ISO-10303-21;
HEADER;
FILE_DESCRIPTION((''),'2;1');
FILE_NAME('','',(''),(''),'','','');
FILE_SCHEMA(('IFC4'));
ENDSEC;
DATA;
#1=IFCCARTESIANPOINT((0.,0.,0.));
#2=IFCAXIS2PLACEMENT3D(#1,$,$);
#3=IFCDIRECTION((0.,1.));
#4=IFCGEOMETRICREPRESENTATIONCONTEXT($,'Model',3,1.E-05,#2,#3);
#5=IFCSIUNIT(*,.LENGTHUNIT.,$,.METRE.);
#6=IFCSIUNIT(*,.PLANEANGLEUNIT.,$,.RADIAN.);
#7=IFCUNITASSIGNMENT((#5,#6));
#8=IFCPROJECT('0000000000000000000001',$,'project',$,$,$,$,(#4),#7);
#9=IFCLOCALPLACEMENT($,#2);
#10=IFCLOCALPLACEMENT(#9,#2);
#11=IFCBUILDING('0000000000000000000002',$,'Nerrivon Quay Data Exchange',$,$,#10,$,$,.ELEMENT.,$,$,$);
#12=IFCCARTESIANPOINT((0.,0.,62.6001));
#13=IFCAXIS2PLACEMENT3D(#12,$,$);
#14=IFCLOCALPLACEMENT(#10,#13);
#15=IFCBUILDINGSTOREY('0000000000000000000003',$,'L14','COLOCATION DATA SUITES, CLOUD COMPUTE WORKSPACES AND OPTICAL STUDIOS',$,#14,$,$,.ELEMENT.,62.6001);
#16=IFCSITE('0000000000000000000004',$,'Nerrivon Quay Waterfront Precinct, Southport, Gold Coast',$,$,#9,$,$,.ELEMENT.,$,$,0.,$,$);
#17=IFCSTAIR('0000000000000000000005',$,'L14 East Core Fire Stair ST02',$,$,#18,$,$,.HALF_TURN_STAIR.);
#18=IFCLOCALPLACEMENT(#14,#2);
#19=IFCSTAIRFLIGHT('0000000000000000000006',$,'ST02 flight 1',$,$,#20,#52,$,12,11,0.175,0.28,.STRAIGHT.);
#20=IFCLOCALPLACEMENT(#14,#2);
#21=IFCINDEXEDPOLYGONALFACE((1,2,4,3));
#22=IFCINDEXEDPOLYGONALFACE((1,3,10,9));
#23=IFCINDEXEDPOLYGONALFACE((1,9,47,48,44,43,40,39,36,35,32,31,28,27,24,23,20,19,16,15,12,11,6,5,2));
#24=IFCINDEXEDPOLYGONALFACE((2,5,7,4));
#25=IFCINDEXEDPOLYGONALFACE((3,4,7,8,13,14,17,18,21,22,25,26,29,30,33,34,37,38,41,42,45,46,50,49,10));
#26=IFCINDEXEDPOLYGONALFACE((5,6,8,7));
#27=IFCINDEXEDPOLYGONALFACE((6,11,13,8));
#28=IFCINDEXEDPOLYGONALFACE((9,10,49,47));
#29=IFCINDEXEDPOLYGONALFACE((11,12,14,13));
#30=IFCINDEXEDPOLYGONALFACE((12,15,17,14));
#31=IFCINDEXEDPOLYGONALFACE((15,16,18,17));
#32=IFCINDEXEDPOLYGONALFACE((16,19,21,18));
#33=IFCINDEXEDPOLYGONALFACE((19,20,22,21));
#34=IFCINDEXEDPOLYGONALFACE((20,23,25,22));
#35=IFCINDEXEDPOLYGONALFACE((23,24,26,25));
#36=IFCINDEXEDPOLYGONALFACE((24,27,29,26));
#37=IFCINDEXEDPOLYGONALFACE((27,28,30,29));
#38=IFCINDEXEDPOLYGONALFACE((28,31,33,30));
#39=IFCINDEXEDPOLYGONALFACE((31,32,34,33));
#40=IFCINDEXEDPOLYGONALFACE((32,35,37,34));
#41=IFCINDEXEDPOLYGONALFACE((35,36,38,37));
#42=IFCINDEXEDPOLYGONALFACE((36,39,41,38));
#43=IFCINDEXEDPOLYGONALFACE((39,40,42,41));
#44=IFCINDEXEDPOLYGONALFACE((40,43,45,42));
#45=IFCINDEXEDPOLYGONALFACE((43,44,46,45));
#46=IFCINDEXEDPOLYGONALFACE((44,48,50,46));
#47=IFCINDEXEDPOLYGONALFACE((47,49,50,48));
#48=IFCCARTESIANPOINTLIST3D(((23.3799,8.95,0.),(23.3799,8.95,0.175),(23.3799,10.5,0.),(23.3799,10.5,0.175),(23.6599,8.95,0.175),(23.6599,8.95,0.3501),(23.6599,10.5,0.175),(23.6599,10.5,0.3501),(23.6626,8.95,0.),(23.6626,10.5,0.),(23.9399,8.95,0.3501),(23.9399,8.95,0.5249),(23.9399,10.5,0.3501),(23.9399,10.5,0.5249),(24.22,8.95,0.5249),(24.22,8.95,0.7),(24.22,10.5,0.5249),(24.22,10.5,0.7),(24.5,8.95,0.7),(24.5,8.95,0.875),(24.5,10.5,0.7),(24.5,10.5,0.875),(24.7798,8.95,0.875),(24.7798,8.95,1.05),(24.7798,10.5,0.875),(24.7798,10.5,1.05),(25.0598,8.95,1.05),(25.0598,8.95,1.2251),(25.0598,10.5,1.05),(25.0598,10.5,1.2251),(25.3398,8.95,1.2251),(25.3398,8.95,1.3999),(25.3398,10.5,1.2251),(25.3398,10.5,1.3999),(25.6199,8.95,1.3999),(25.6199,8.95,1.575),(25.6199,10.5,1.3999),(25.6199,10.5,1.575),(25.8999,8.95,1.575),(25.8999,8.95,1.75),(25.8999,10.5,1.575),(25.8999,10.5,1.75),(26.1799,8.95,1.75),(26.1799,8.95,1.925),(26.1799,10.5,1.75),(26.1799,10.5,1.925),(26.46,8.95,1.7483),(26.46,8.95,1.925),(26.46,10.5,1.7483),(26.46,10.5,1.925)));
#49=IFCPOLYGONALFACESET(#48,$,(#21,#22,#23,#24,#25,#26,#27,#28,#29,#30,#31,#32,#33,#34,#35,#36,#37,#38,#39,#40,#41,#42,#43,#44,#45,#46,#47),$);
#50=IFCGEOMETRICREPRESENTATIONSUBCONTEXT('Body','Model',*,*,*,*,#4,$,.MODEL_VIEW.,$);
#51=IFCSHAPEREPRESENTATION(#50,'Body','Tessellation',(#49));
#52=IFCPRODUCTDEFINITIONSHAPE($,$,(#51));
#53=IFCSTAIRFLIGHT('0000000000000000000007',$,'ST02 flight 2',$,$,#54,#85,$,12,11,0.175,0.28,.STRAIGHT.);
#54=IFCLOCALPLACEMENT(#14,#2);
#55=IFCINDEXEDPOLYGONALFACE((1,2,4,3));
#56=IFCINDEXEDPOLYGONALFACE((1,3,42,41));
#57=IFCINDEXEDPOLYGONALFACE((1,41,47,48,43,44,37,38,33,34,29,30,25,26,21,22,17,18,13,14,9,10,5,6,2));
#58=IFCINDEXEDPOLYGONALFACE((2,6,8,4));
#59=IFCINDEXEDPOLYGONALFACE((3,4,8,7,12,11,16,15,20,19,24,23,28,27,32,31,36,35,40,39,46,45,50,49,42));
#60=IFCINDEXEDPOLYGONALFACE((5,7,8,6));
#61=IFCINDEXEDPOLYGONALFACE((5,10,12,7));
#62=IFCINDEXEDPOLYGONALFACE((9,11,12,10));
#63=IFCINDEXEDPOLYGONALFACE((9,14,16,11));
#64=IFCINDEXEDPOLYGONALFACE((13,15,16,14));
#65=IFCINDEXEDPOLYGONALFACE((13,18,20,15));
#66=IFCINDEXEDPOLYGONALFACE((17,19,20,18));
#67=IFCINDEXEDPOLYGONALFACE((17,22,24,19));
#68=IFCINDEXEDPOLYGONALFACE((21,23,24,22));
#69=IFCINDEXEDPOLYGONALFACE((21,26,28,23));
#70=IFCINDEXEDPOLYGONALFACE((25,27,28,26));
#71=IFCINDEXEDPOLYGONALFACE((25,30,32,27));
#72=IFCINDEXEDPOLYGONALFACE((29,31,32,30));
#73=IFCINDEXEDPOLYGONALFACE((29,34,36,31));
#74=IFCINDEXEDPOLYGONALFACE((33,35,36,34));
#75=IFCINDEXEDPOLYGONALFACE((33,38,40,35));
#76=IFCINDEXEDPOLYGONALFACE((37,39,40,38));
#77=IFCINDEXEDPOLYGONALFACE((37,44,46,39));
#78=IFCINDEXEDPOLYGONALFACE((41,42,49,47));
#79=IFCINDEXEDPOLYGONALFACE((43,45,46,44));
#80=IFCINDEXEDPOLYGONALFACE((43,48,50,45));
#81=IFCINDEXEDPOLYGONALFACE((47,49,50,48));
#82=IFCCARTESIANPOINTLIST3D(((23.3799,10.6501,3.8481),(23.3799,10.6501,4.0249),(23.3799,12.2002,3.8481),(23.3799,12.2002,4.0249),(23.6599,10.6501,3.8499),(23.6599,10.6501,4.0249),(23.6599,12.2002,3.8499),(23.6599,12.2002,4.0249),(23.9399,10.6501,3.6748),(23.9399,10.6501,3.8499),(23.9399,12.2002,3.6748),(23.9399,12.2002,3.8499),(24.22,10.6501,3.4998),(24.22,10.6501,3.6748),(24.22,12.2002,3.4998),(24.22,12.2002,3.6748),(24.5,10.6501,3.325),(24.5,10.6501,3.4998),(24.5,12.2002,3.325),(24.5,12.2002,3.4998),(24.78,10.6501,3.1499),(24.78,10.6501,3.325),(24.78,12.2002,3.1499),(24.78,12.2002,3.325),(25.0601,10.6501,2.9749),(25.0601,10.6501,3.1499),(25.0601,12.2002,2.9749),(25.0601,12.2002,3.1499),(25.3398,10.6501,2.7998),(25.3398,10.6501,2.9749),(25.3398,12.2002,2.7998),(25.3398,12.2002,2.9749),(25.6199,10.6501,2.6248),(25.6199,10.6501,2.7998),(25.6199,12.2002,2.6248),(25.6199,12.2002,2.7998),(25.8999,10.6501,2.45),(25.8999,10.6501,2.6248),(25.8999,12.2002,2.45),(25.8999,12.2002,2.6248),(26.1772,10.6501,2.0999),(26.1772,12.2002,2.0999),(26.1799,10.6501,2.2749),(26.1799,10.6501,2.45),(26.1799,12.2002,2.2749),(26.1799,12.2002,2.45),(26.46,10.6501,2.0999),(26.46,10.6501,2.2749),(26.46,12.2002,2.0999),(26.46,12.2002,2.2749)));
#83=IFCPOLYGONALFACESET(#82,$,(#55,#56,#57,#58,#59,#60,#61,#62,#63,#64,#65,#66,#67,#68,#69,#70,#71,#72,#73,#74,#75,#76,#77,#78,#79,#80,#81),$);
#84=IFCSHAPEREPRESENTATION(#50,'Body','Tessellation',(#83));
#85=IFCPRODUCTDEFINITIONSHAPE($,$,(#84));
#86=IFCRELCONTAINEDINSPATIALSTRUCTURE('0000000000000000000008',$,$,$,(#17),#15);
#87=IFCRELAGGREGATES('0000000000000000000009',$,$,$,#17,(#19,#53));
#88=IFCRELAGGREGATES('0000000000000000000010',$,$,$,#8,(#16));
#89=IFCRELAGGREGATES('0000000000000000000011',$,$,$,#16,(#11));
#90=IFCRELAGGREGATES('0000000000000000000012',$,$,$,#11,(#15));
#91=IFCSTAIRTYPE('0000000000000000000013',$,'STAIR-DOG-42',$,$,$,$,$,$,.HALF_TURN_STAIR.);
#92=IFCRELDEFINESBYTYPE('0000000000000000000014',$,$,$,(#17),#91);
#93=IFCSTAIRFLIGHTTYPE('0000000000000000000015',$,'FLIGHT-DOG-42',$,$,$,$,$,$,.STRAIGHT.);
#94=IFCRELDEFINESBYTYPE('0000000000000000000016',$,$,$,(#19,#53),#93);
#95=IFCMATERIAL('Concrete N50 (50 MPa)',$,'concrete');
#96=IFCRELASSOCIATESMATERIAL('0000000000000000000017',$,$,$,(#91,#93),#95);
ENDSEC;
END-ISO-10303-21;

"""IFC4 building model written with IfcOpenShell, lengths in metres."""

from ifc_helpers import new_model, si_unit, direction, frame, origin, place, context, subcontext, project, spatial, polyline, outline, extrude, material, type_object, element, aggregate, save


model = new_model("IFC4")

# Units and contexts
model_context = context("Model", 3, precision=1e-05, world=origin(), true_north=direction((0.0, 1.0)))
body_context = subcontext(model_context, "Body", "Model", "MODEL_VIEW")
ifc_project = project(units=[si_unit("LENGTHUNIT", "METRE"), si_unit("PLANEANGLEUNIT", "RADIAN")], contexts=[model_context])

# Site, building, storey
site_placement = place(None, origin())
site = spatial("IfcSite", under=ifc_project, at=site_placement, Name="Nerrivon Quay Waterfront Precinct, Southport, Gold Coast", CompositionType="ELEMENT", RefElevation=0.0)
building_placement = place(site_placement, origin())
building = spatial("IfcBuilding", under=site, at=building_placement, Name="Nerrivon Quay Data Exchange", CompositionType="ELEMENT")
storey_placement = place(building_placement, frame((0.0, 0.0, 62.6001)))
storey = spatial("IfcBuildingStorey", under=building, at=storey_placement, Name="L14", Description="COLOCATION DATA SUITES, CLOUD COMPUTE WORKSPACES AND OPTICAL STUDIOS", CompositionType="ELEMENT", Elevation=62.6001)

# Shared definitions
ifc_material_1 = material(Name="Concrete N50 (50 MPa)", Category="concrete")

# Stair, stair flights
stair_type = type_object("IfcStairType", Name="STAIR-DOG-42", PredefinedType="HALF_TURN_STAIR", material=ifc_material_1)
stair_placement = place(storey_placement, origin())
stair = element("IfcStair", 1, at=stair_placement, inside=storey, type_object=stair_type, Name="L14 East Core Fire Stair ST02", PredefinedType="HALF_TURN_STAIR")
stair_flight_type = type_object("IfcStairFlightType", Name="FLIGHT-DOG-42", PredefinedType="STRAIGHT", material=ifc_material_1)
stair_flight_1_placement = place(storey_placement, frame((23.3799, 9.7251, 0.0), z_axis=(0.0, 0.0, 1.0), x_axis=(1.0, 0.0, 0.0)))
stair_flight_1 = element("IfcStairFlight", 2, at=stair_flight_1_placement, type_object=stair_flight_type, Name="ST02 flight 1", NumberOfRisers=12, NumberOfTreads=11, PredefinedType="STRAIGHT", RiserHeight=0.175, TreadLength=0.28, context=body_context, shape_type="SweptSolid", body=[
    extrude(outline(polyline([(0.0, 0.0), (0.0, 0.175), (0.28, 0.175), (0.28, 0.3501), (0.5601, 0.3501), (0.5601, 0.5249), (0.8401, 0.5249), (0.8401, 0.7), (1.1201, 0.7), (1.1201, 0.875), (1.3999, 0.875), (1.3999, 1.05), (1.6799, 1.05), (1.6799, 1.2251), (1.96, 1.2251), (1.96, 1.3999), (2.24, 1.3999), (2.24, 1.575), (2.52, 1.575), (2.52, 1.75), (2.8, 1.75), (2.8, 1.925), (3.0801, 1.925), (3.0801, 2.1001), (3.0801, 1.7483), (0.2827, 0.0), (0.0, 0.0)])), frame((0.0, 0.7749, 0.0), z_axis=(0.0, -1.0, 0.0), x_axis=(1.0, 0.0, 0.0)), (0.0, 0.0, 1.0), 1.55),
])
stair_flight_2_placement = place(storey_placement, frame((26.46, 11.425, 2.0999), z_axis=(0.0, 0.0, 1.0), x_axis=(-1.0, 0.0, 0.0)))
stair_flight_2 = element("IfcStairFlight", 3, at=stair_flight_2_placement, type_object=stair_flight_type, Name="ST02 flight 2", NumberOfRisers=12, NumberOfTreads=11, PredefinedType="STRAIGHT", RiserHeight=0.175, TreadLength=0.28, context=body_context, shape_type="SweptSolid", body=[
    extrude(outline(polyline([(0.0, 0.0), (0.0, 0.175), (0.28, 0.175), (0.28, 0.3501), (0.5601, 0.3501), (0.5601, 0.5249), (0.8401, 0.5249), (0.8401, 0.7), (1.1201, 0.7), (1.1201, 0.875), (1.3999, 0.875), (1.3999, 1.05), (1.6799, 1.05), (1.6799, 1.2251), (1.96, 1.2251), (1.96, 1.3999), (2.24, 1.3999), (2.24, 1.575), (2.52, 1.575), (2.52, 1.75), (2.8, 1.75), (2.8, 1.925), (3.0801, 1.925), (3.0801, 2.1001), (3.0801, 1.7483), (0.2827, 0.0), (0.0, 0.0)])), frame((0.0, 0.7749, 0.0), z_axis=(0.0, -1.0, 0.0), x_axis=(1.0, 0.0, 0.0)), (0.0, 0.0, 1.0), 1.55),
])
aggregate(stair, [stair_flight_1, stair_flight_2])

save(model, "model.ifc")
